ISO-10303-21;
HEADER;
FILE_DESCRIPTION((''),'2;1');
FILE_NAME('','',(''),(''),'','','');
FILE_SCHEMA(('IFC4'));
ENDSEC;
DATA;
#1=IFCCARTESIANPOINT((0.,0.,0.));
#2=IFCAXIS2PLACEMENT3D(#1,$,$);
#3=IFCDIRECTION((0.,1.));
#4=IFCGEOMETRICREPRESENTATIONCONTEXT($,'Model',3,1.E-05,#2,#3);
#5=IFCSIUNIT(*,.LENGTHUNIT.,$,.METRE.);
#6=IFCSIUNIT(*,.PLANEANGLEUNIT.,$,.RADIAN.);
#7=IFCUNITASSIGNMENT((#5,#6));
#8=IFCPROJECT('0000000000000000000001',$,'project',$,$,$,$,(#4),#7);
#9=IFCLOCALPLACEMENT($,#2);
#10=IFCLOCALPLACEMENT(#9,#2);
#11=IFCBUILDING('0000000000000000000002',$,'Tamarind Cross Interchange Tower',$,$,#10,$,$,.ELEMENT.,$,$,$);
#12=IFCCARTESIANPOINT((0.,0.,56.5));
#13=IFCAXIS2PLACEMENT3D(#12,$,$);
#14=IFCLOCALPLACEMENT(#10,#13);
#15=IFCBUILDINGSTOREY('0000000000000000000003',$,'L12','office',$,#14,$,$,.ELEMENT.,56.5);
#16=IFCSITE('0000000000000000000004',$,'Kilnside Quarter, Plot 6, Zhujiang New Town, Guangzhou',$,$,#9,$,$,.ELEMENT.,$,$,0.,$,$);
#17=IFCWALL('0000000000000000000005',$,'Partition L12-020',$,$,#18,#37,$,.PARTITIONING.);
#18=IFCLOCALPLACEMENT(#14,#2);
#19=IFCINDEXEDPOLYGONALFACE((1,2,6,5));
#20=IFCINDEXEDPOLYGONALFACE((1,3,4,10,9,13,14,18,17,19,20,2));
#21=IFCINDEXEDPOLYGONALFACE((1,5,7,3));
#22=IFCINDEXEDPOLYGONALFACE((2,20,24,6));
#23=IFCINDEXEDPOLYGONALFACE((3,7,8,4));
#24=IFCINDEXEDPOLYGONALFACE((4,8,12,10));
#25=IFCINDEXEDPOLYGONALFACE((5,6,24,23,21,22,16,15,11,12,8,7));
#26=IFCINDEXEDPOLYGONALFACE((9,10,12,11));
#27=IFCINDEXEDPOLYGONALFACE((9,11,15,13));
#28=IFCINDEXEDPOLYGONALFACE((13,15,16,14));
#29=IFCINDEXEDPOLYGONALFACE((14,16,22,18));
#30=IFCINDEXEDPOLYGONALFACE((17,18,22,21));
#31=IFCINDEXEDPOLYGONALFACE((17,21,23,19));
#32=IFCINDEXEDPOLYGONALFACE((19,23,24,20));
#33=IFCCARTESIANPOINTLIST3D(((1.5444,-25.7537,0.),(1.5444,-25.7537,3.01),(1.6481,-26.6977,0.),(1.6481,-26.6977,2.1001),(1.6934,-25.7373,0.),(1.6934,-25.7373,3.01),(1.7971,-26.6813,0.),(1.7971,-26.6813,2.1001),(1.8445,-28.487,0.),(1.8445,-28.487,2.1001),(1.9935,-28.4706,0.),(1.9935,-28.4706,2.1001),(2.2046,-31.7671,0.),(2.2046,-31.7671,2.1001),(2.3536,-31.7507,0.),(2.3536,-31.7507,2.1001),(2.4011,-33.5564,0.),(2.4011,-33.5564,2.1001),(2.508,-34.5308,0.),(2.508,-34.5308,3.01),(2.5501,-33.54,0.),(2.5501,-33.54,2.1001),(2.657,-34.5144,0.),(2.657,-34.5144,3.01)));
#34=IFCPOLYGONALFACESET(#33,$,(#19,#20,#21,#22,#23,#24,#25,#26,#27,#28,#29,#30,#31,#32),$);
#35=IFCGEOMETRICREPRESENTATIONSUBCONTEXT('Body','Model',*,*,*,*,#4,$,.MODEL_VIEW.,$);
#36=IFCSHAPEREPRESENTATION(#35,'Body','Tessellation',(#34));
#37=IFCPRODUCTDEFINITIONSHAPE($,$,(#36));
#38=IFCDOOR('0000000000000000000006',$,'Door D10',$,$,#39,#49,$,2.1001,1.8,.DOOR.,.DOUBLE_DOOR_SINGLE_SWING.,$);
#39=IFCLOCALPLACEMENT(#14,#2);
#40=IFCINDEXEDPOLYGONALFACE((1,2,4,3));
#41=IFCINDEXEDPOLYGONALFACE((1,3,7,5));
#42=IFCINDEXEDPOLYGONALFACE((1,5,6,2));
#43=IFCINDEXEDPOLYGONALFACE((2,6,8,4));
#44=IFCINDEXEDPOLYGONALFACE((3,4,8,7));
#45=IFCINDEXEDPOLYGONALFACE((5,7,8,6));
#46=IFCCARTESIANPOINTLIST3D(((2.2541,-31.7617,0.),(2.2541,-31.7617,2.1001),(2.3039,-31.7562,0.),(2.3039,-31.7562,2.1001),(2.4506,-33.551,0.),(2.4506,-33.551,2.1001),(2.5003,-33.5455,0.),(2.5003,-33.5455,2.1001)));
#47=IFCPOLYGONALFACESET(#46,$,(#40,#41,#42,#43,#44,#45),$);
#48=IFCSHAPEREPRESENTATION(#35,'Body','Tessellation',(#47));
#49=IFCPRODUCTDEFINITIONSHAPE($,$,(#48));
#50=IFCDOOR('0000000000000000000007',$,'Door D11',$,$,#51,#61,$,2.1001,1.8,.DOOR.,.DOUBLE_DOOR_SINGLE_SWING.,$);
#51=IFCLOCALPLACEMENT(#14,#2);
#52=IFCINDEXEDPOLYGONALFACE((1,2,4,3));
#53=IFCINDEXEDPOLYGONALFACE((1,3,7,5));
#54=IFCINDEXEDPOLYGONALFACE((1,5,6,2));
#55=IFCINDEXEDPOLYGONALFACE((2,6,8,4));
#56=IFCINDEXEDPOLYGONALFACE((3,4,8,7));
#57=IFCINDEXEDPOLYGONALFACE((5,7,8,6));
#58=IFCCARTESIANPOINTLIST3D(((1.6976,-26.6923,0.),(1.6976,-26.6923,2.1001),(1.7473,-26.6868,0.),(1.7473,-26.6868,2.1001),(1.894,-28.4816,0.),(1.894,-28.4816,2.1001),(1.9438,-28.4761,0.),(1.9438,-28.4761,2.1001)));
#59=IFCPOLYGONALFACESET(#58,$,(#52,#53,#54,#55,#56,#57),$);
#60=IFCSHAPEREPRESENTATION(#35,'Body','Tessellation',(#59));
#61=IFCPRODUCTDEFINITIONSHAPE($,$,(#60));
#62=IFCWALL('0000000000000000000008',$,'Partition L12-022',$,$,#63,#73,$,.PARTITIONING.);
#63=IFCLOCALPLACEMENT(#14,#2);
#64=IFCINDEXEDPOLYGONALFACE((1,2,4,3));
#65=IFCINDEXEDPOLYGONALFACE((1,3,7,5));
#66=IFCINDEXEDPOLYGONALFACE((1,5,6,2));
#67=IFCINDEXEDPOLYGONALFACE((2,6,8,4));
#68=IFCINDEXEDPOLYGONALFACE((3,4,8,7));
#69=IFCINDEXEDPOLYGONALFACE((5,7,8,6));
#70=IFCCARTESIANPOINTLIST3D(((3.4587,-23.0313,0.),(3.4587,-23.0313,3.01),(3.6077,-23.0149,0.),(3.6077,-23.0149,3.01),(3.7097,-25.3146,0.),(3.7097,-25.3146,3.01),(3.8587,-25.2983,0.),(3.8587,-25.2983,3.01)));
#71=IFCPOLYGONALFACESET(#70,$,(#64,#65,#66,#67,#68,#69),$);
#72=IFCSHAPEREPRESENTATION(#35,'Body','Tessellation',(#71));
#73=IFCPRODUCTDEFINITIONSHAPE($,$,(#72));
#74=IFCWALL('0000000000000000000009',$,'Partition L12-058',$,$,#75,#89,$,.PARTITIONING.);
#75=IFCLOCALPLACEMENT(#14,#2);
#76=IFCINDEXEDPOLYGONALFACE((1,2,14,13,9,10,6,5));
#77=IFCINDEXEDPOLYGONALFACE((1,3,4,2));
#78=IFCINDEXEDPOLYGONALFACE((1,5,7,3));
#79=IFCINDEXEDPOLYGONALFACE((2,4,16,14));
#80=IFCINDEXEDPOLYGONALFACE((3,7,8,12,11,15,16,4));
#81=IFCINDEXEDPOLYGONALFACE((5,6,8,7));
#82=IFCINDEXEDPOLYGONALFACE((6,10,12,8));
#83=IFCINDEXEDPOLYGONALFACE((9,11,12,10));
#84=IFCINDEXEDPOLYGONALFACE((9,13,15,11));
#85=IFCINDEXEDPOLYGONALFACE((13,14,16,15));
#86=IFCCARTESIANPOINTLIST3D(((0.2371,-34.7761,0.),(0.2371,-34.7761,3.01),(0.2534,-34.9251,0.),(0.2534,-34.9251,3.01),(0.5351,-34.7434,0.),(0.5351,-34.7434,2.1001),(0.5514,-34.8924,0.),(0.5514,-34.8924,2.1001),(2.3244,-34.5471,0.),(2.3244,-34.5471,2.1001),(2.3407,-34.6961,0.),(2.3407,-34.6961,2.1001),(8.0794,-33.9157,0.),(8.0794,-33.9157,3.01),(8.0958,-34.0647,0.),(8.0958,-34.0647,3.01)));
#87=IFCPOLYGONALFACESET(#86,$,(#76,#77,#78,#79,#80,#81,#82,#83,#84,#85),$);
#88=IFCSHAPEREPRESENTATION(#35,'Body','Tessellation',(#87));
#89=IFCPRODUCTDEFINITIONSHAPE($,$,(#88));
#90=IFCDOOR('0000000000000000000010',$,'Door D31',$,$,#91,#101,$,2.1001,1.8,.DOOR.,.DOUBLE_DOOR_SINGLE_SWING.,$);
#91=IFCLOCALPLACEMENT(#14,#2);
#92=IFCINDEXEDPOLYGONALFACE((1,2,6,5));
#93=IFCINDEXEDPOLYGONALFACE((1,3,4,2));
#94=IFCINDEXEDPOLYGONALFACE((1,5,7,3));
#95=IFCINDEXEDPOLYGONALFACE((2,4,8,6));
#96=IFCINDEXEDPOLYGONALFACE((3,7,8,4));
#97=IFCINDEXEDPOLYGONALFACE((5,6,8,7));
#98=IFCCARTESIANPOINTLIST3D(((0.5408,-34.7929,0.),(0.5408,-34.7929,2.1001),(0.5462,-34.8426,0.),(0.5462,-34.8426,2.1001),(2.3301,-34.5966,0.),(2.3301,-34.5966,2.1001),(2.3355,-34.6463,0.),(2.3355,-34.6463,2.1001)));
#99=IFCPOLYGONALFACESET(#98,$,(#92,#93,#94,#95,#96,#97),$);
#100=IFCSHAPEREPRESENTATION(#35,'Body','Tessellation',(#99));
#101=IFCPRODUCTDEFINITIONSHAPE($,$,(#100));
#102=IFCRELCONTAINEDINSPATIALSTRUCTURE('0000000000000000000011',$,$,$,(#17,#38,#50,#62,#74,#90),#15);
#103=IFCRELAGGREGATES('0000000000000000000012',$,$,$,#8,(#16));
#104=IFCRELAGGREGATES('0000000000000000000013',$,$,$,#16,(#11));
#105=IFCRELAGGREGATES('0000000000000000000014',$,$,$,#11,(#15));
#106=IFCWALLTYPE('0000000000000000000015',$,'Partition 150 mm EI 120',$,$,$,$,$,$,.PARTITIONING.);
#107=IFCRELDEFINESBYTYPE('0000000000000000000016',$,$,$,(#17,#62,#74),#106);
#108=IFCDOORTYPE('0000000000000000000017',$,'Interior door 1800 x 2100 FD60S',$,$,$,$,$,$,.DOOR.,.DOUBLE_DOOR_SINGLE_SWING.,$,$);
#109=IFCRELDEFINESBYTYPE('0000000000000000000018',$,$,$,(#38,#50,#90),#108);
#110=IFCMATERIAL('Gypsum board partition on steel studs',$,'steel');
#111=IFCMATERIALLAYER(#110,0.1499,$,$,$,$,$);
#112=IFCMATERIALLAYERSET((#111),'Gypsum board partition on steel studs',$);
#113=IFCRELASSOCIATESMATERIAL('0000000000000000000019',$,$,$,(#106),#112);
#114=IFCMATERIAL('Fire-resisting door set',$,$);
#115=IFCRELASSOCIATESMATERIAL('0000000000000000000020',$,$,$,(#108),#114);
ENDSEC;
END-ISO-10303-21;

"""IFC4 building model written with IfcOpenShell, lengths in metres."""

from ifc_helpers import new_model, si_unit, direction, frame, frame_2d, origin, place, context, subcontext, project, spatial, rectangle, extrude, material, layer, layer_set, type_object, element, fill, save


model = new_model("IFC4")

# Units and contexts
model_context = context("Model", 3, precision=1e-05, world=origin(), true_north=direction((0.0, 1.0)))
body_context = subcontext(model_context, "Body", "Model", "MODEL_VIEW")
ifc_project = project(units=[si_unit("LENGTHUNIT", "METRE"), si_unit("PLANEANGLEUNIT", "RADIAN")], contexts=[model_context])

# Site, building, storey
site_placement = place(None, origin())
site = spatial("IfcSite", under=ifc_project, at=site_placement, Name="Kilnside Quarter, Plot 6, Zhujiang New Town, Guangzhou", CompositionType="ELEMENT", RefElevation=0.0)
building_placement = place(site_placement, origin())
building = spatial("IfcBuilding", under=site, at=building_placement, Name="Tamarind Cross Interchange Tower", CompositionType="ELEMENT")
storey_placement = place(building_placement, frame((0.0, 0.0, 56.5)))
storey = spatial("IfcBuildingStorey", under=building, at=storey_placement, Name="L12", Description="office", CompositionType="ELEMENT", Elevation=56.5)

# Shared definitions
ifc_material_1 = material(Name="Gypsum board partition on steel studs", Category="steel")

# Wall, openings, doors
ifc_layer_1 = layer(ifc_material_1, 0.1499)
ifc_layer_set_1 = layer_set([ifc_layer_1], Name="Gypsum board partition on steel studs")
wall_type_1 = type_object("IfcWallType", Name="Partition 150 mm EI 120", PredefinedType="PARTITIONING", material=ifc_layer_set_1)
wall_1_placement = place(storey_placement, frame((1.6189, -25.7454, 0.0), z_axis=(0.0, 0.0, 1.0), x_axis=(0.109133, -0.994027, 0.0)))
wall_1 = element("IfcWall", 1, at=wall_1_placement, inside=storey, type_object=wall_type_1, Name="Partition L12-020", PredefinedType="PARTITIONING", context=body_context, shape_type="SweptSolid", body=[
    extrude(rectangle(XDim=8.8298, YDim=0.1499, at=frame_2d((4.415, 0.0))), origin(), (0.0, 0.0, 1.0), 3.01),
])
opening_1_placement = place(wall_1_placement, frame((6.0498, 0.0, 0.0)))
opening_1 = element("IfcOpeningElement", 2, at=opening_1_placement, cuts=wall_1, PredefinedType="OPENING", context=body_context, shape_type="SweptSolid", body=[
    extrude(rectangle(XDim=1.8, YDim=2.1001, at=frame_2d((0.8999, 1.05))), frame((0.0, 0.085, 0.0), z_axis=(0.0, -1.0, 0.0), x_axis=(1.0, 0.0, 0.0)), (0.0, 0.0, 1.0), 0.1699),
])
opening_2_placement = place(wall_1_placement, frame((0.95, 0.0, 0.0)))
opening_2 = element("IfcOpeningElement", 3, at=opening_2_placement, cuts=wall_1, PredefinedType="OPENING", context=body_context, shape_type="SweptSolid", body=[
    extrude(rectangle(XDim=1.8, YDim=2.1001, at=frame_2d((0.8999, 1.05))), frame((0.0, 0.085, 0.0), z_axis=(0.0, -1.0, 0.0), x_axis=(1.0, 0.0, 0.0)), (0.0, 0.0, 1.0), 0.1699),
])
ifc_material_2 = material(Name="Fire-resisting door set")
door_type = type_object("IfcDoorType", Name="Interior door 1800 x 2100 FD60S", OperationType="DOUBLE_DOOR_SINGLE_SWING", PredefinedType="DOOR", material=ifc_material_2)
door_1_placement = place(opening_1_placement, origin())
door_1 = element("IfcDoor", 4, at=door_1_placement, inside=storey, type_object=door_type, Name="Door D10", OperationType="DOUBLE_DOOR_SINGLE_SWING", OverallHeight=2.1001, OverallWidth=1.8, PredefinedType="DOOR", context=body_context, shape_type="SweptSolid", body=[
    extrude(rectangle(XDim=1.8, YDim=2.1001, at=frame_2d((0.8999, 1.05))), frame((0.0, 0.0249, 0.0), z_axis=(0.0, -1.0, 0.0), x_axis=(1.0, 0.0, 0.0)), (0.0, 0.0, 1.0), 0.05),
])
fill(opening_1, door_1)
door_2_placement = place(opening_2_placement, origin())
door_2 = element("IfcDoor", 5, at=door_2_placement, inside=storey, type_object=door_type, Name="Door D11", OperationType="DOUBLE_DOOR_SINGLE_SWING", OverallHeight=2.1001, OverallWidth=1.8, PredefinedType="DOOR", context=body_context, shape_type="SweptSolid", body=[
    extrude(rectangle(XDim=1.8, YDim=2.1001, at=frame_2d((0.8999, 1.05))), frame((0.0, 0.0249, 0.0), z_axis=(0.0, -1.0, 0.0), x_axis=(1.0, 0.0, 0.0)), (0.0, 0.0, 1.0), 0.05),
])
fill(opening_2, door_2)

# Wall
wall_2_placement = place(storey_placement, frame((3.5332, -23.0232, 0.0), z_axis=(0.0, 0.0, 1.0), x_axis=(0.109253, -0.994014, 0.0)))
element("IfcWall", 6, at=wall_2_placement, inside=storey, type_object=wall_type_1, Name="Partition L12-022", PredefinedType="PARTITIONING", context=body_context, shape_type="SweptSolid", body=[
    extrude(rectangle(XDim=2.2971, YDim=0.1499, at=frame_2d((1.1484, 0.0))), origin(), (0.0, 0.0, 1.0), 3.01),
])

# Wall, opening, door
wall_3_placement = place(storey_placement, frame((0.2451, -34.8506, 0.0), z_axis=(0.0, 0.0, 1.0), x_axis=(0.994036, 0.109052, 0.0)))
wall_3 = element("IfcWall", 7, at=wall_3_placement, inside=storey, type_object=wall_type_1, Name="Partition L12-058", PredefinedType="PARTITIONING", context=body_context, shape_type="SweptSolid", body=[
    extrude(rectangle(XDim=7.8894, YDim=0.1499, at=frame_2d((3.9448, 0.0))), origin(), (0.0, 0.0, 1.0), 3.01),
])
opening_3_placement = place(wall_3_placement, frame((0.3, 0.0, 0.0)))
opening_3 = element("IfcOpeningElement", 8, at=opening_3_placement, cuts=wall_3, PredefinedType="OPENING", context=body_context, shape_type="SweptSolid", body=[
    extrude(rectangle(XDim=1.8, YDim=2.1001, at=frame_2d((0.8999, 1.05))), frame((0.0, 0.085, 0.0), z_axis=(0.0, -1.0, 0.0), x_axis=(1.0, 0.0, 0.0)), (0.0, 0.0, 1.0), 0.1699),
])
door_3_placement = place(opening_3_placement, frame((1.8, 0.0, 0.0), z_axis=(0.0, 0.0, 1.0), x_axis=(-1.0, 0.0, 0.0)))
door_3 = element("IfcDoor", 9, at=door_3_placement, inside=storey, type_object=door_type, Name="Door D31", OperationType="DOUBLE_DOOR_SINGLE_SWING", OverallHeight=2.1001, OverallWidth=1.8, PredefinedType="DOOR", context=body_context, shape_type="SweptSolid", body=[
    extrude(rectangle(XDim=1.8, YDim=2.1001, at=frame_2d((0.8999, 1.05))), frame((0.0, 0.0249, 0.0), z_axis=(0.0, -1.0, 0.0), x_axis=(1.0, 0.0, 0.0)), (0.0, 0.0, 1.0), 0.05),
])
fill(opening_3, door_3)

save(model, "model.ifc")
